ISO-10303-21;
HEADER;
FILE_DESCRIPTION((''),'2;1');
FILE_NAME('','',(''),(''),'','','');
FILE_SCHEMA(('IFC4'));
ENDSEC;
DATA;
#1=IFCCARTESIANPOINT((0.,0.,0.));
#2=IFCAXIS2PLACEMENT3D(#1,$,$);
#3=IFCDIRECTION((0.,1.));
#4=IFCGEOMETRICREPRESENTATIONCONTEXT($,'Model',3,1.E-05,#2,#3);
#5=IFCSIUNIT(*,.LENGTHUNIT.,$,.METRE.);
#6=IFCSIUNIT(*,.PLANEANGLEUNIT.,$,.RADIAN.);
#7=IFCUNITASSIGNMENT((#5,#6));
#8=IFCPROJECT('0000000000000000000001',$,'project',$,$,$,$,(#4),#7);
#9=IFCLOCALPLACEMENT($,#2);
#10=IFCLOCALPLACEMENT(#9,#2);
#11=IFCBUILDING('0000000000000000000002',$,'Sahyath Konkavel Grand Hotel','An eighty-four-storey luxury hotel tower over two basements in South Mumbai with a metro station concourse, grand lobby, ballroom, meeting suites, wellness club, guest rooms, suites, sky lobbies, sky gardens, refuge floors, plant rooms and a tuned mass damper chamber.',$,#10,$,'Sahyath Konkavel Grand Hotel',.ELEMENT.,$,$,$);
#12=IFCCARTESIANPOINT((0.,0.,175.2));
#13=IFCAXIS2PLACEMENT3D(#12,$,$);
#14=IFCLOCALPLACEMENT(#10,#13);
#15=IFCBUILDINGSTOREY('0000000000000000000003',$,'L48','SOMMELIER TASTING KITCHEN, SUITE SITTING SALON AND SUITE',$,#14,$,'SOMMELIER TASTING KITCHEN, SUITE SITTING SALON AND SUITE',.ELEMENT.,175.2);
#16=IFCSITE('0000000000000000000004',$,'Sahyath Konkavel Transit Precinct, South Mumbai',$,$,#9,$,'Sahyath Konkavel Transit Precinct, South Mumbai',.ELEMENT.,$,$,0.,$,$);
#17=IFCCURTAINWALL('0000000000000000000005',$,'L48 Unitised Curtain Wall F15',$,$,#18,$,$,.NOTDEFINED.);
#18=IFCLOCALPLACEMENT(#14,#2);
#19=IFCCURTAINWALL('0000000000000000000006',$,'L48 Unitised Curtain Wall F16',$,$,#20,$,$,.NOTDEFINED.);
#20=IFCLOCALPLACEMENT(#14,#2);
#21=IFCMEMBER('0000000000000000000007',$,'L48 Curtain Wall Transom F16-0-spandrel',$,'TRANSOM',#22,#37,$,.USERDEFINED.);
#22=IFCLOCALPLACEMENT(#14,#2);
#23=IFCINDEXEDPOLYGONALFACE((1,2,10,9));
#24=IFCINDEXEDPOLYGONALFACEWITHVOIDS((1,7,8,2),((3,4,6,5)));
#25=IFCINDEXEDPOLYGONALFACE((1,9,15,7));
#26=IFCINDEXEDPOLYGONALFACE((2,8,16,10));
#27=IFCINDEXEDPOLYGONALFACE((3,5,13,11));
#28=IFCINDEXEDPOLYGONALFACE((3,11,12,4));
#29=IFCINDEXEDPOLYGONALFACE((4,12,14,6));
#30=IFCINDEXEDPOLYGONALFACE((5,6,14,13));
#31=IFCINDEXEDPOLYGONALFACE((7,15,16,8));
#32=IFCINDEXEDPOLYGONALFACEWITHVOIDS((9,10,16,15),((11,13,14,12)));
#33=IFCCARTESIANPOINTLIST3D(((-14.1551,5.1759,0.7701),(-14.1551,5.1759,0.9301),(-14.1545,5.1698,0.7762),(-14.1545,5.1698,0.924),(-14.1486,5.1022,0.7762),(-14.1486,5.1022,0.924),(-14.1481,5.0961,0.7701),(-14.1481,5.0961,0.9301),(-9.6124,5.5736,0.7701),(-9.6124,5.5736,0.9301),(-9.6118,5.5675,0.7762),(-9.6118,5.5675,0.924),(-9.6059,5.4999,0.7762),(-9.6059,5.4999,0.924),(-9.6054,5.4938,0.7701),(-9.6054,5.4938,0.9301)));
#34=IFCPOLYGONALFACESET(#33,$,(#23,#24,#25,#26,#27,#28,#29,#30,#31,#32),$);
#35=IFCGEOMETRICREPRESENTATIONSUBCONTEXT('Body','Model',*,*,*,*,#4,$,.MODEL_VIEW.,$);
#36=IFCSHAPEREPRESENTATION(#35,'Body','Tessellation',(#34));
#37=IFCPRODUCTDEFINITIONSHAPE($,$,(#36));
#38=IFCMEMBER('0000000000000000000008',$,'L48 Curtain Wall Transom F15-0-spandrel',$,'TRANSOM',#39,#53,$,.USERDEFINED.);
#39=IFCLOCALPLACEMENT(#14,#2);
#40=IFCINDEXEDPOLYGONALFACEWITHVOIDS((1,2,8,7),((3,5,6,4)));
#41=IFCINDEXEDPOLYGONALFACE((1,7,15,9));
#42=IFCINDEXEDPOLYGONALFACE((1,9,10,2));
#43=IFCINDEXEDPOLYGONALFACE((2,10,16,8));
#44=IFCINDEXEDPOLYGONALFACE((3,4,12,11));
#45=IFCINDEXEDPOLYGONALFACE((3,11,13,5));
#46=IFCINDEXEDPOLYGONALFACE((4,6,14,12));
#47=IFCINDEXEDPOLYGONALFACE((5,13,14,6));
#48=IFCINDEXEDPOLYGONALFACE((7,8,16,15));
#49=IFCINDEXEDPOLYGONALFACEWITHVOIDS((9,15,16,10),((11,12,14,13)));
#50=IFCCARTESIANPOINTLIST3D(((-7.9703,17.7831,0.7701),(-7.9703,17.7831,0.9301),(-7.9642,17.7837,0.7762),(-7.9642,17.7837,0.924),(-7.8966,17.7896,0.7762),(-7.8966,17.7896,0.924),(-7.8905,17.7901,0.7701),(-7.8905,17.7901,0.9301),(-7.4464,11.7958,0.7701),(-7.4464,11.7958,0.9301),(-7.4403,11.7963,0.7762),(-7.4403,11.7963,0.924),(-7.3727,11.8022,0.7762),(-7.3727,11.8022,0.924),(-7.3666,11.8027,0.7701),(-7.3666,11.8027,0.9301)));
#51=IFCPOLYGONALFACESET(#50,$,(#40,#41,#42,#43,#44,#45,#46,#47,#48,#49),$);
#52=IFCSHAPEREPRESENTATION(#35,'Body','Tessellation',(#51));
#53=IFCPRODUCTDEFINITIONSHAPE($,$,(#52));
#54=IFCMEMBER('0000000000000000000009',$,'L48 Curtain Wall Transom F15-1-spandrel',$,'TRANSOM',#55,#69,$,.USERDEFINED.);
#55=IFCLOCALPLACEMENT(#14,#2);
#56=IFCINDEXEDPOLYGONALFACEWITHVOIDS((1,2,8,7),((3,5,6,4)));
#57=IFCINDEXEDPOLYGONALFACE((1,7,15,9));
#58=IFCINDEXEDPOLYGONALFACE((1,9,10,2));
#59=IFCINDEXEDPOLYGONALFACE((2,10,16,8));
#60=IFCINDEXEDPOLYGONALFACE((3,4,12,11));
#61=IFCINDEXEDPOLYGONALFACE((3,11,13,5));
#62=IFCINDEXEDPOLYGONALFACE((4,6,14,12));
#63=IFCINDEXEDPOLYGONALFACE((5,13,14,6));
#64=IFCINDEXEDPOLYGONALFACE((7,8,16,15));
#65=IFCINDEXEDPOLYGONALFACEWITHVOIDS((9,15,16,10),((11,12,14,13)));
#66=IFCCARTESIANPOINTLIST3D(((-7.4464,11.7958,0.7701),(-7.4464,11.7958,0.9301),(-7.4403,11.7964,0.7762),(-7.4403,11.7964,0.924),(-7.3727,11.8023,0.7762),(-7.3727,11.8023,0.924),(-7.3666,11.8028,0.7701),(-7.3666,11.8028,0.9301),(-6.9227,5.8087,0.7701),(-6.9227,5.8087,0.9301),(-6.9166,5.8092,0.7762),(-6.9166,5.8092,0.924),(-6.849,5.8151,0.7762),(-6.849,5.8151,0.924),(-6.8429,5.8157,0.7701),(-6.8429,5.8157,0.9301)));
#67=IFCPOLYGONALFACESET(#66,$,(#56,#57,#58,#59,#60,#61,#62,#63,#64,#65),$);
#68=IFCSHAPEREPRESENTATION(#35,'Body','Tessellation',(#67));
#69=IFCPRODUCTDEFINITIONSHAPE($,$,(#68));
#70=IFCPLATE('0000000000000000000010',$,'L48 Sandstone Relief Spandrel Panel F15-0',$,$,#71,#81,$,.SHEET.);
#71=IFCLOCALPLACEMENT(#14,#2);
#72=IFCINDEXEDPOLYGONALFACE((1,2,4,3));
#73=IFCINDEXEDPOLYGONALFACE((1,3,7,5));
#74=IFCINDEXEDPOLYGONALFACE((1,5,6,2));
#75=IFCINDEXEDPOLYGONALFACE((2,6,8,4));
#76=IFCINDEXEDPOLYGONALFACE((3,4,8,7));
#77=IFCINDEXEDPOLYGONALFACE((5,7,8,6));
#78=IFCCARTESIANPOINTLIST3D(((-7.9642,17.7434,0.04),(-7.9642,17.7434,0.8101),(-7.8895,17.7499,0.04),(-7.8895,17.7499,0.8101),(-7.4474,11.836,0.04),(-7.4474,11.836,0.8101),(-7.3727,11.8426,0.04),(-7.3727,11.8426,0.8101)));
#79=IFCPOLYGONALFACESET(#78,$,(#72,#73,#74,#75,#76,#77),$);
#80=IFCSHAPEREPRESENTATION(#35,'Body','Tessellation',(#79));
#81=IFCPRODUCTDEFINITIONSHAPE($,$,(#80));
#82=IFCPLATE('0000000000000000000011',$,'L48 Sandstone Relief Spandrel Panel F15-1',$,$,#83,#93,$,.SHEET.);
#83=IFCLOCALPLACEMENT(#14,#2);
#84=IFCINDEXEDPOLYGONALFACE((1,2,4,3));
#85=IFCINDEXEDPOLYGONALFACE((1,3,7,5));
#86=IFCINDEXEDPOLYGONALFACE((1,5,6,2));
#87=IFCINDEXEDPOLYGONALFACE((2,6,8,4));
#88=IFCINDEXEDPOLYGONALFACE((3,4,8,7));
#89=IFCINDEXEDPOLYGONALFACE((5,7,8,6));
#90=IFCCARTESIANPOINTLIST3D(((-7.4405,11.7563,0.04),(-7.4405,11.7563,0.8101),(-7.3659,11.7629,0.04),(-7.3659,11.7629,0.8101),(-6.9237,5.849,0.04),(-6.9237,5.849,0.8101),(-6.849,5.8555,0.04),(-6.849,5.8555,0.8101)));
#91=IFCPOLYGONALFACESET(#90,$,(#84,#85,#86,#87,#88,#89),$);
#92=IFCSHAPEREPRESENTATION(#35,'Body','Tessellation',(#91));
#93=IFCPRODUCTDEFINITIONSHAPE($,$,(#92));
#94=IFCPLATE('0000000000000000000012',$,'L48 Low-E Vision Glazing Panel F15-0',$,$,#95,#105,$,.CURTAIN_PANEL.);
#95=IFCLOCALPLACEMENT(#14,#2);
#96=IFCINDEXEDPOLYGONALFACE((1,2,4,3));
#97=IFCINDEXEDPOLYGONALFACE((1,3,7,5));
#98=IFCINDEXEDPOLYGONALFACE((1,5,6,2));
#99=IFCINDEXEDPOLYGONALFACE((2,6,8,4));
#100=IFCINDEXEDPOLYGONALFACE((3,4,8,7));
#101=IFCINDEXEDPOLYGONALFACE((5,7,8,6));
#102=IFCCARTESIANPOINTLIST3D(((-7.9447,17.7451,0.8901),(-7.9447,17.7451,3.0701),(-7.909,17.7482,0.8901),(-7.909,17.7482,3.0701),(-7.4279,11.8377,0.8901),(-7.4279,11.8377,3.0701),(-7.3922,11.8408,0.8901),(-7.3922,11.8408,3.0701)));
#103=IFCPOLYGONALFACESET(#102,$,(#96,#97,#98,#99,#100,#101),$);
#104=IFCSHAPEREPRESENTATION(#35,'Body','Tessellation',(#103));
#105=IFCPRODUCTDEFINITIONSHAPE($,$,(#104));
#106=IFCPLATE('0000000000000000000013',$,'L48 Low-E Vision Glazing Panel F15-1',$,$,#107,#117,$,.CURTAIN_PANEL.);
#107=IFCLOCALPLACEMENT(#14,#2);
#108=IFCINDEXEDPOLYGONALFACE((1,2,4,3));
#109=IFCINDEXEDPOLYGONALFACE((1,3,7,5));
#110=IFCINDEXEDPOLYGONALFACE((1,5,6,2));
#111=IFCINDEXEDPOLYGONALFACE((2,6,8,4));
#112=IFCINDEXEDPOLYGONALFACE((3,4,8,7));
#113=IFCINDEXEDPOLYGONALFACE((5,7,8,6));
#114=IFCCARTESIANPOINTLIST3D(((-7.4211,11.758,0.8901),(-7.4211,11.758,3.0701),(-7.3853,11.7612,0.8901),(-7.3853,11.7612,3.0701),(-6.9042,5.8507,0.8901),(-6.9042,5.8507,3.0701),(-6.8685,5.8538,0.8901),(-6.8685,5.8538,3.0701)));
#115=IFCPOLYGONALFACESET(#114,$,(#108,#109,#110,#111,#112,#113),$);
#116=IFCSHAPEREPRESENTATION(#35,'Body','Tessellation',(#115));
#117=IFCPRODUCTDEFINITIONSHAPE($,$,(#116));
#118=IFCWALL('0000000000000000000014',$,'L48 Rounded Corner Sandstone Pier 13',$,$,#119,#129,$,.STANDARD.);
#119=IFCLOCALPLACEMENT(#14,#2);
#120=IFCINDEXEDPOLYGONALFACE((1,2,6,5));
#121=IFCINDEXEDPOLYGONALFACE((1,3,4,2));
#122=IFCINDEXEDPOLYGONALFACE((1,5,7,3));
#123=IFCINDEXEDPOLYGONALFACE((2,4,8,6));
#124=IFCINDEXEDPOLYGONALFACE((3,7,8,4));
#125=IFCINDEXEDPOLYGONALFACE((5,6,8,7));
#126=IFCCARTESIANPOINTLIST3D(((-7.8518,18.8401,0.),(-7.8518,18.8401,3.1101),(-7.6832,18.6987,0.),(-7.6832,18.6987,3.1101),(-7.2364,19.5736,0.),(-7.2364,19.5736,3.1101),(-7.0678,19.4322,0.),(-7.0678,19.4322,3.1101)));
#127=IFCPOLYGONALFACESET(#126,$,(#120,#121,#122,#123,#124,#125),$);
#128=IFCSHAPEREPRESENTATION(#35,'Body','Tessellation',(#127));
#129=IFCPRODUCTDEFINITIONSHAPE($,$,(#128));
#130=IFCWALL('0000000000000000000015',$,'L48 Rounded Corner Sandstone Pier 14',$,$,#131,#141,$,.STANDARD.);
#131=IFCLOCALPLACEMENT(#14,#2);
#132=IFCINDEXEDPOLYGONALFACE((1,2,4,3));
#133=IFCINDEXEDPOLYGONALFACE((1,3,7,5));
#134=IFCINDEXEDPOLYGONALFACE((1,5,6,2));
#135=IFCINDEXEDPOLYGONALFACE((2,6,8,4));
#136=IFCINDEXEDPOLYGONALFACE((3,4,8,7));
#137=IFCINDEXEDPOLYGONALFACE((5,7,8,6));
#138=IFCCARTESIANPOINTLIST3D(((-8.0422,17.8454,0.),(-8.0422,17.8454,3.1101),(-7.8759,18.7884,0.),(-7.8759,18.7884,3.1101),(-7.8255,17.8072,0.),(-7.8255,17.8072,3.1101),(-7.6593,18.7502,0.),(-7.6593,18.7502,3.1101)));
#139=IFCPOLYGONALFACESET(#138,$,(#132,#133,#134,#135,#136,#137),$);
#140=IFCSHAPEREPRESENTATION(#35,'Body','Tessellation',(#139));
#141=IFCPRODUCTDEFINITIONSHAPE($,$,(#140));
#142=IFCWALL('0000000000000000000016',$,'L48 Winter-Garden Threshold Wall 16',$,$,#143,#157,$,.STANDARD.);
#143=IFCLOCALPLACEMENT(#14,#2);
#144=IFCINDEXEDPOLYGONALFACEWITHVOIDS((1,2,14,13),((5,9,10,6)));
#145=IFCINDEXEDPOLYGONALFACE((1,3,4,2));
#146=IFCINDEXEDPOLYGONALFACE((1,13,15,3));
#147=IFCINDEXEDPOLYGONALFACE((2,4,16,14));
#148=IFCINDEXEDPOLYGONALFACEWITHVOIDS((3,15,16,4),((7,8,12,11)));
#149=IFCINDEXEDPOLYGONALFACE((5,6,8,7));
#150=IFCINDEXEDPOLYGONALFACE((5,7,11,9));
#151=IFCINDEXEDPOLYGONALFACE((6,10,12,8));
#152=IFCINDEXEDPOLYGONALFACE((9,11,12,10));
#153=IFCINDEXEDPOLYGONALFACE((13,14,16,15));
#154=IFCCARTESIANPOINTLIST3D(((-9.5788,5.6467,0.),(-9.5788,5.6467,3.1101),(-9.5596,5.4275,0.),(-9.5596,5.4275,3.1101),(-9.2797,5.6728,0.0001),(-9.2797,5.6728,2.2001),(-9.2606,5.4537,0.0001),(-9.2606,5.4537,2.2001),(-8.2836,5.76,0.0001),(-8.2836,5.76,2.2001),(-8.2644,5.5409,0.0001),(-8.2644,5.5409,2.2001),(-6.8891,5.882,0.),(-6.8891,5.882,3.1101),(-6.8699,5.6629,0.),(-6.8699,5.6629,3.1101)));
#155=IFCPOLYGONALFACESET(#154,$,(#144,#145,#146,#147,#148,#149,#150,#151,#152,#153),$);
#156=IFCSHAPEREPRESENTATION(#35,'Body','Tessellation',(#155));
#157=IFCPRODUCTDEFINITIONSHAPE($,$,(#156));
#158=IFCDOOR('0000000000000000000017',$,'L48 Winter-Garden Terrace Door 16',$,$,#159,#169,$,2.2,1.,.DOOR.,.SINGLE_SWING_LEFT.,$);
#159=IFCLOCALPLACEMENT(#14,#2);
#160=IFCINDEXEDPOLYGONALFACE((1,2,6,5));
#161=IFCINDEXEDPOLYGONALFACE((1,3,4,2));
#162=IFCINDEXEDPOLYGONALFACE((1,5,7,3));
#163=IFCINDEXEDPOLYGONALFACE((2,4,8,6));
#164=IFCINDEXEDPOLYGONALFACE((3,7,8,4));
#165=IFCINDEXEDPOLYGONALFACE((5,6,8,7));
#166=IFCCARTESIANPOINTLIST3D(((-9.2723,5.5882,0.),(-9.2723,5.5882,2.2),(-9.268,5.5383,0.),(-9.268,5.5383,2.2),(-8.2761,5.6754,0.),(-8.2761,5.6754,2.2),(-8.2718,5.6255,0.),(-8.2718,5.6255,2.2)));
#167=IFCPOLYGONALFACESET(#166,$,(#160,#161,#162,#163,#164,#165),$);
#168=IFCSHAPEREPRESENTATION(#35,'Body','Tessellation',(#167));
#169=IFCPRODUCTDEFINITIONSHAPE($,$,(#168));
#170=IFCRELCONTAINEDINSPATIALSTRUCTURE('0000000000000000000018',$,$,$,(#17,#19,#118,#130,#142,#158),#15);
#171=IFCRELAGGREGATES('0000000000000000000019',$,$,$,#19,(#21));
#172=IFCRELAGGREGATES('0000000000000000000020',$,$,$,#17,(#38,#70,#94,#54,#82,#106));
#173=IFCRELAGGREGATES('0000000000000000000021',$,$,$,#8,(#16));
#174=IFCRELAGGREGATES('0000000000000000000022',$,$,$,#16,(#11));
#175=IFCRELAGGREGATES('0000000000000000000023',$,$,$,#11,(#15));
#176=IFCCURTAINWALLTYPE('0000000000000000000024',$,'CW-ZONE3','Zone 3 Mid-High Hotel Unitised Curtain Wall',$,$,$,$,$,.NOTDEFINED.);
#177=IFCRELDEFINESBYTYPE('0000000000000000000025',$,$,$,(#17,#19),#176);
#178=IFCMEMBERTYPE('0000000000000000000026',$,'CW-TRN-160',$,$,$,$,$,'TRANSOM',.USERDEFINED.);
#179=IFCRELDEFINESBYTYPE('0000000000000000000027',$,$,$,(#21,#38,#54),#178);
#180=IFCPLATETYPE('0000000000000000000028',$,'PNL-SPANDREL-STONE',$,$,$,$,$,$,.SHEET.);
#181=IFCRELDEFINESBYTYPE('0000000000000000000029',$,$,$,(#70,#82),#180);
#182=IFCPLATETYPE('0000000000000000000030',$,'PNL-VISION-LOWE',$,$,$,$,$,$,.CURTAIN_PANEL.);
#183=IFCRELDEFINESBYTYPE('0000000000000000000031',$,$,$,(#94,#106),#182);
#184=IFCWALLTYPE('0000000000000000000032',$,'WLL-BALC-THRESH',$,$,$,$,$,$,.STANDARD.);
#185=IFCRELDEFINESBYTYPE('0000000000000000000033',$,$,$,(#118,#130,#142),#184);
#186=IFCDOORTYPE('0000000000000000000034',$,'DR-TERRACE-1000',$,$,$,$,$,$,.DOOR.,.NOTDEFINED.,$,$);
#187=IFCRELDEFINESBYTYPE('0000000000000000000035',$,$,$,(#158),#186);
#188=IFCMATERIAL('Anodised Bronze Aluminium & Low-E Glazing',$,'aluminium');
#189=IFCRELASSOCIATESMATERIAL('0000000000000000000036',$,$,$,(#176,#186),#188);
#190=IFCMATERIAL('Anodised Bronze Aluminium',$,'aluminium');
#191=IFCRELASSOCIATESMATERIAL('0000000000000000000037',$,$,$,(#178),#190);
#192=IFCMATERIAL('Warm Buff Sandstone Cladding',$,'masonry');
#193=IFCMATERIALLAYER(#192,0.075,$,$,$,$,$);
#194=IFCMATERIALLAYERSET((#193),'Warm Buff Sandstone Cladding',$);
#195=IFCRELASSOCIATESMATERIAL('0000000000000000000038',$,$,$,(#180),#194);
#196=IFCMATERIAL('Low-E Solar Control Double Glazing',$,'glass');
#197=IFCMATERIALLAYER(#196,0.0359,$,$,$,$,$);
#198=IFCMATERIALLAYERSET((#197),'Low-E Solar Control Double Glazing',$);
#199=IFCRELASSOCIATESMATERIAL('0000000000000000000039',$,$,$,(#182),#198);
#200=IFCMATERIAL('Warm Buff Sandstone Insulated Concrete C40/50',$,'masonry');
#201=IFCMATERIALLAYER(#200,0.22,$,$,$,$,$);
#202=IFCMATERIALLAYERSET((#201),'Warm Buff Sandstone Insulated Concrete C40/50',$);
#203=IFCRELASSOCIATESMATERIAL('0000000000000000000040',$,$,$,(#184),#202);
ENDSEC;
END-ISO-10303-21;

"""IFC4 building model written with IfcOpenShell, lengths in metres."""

from ifc_helpers import new_model, si_unit, direction, frame, frame_2d, origin, origin_2d, place, context, subcontext, project, spatial, rectangle, hollow_rectangle, extrude, source, transform, mapped, material, layer, layer_set, material_profile, profile_set, type_object, element, fill, aggregate, save


model = new_model("IFC4")

# Units and contexts
model_context = context("Model", 3, precision=1e-05, world=origin(), true_north=direction((0.0, 1.0)))
body_context = subcontext(model_context, "Body", "Model", "MODEL_VIEW")
ifc_project = project(units=[si_unit("LENGTHUNIT", "METRE"), si_unit("PLANEANGLEUNIT", "RADIAN")], contexts=[model_context])

# Site, building, storey
site_placement = place(None, origin())
site = spatial("IfcSite", under=ifc_project, at=site_placement, Name="Sahyath Konkavel Transit Precinct, South Mumbai", LongName="Sahyath Konkavel Transit Precinct, South Mumbai", CompositionType="ELEMENT", RefElevation=0.0)
building_placement = place(site_placement, origin())
building = spatial("IfcBuilding", under=site, at=building_placement, Name="Sahyath Konkavel Grand Hotel", Description="An eighty-four-storey luxury hotel tower over two basements in South Mumbai with a metro station concourse, grand lobby, ballroom, meeting suites, wellness club, guest rooms, suites, sky lobbies, sky gardens, refuge floors, plant rooms and a tuned mass damper chamber.", LongName="Sahyath Konkavel Grand Hotel", CompositionType="ELEMENT")
storey_placement = place(building_placement, frame((0.0, 0.0, 175.2)))
storey = spatial("IfcBuildingStorey", under=building, at=storey_placement, Name="L48", Description="SOMMELIER TASTING KITCHEN, SUITE SITTING SALON AND SUITE", LongName="SOMMELIER TASTING KITCHEN, SUITE SITTING SALON AND SUITE", CompositionType="ELEMENT", Elevation=175.2)

# Curtain walls
ifc_material_1 = material(Name="Anodised Bronze Aluminium & Low-E Glazing", Category="aluminium")
curtain_wall_type = type_object("IfcCurtainWallType", Name="CW-ZONE3", Description="Zone 3 Mid-High Hotel Unitised Curtain Wall", PredefinedType="NOTDEFINED", material=ifc_material_1)
curtain_wall_1_placement = place(storey_placement, origin())
curtain_wall_1 = element("IfcCurtainWall", 1, at=curtain_wall_1_placement, inside=storey, type_object=curtain_wall_type, Name="L48 Unitised Curtain Wall F15", PredefinedType="NOTDEFINED")
curtain_wall_2_placement = place(storey_placement, origin())
curtain_wall_2 = element("IfcCurtainWall", 2, at=curtain_wall_2_placement, inside=storey, type_object=curtain_wall_type, Name="L48 Unitised Curtain Wall F16", PredefinedType="NOTDEFINED")
ifc_material_2 = material(Name="Anodised Bronze Aluminium", Category="aluminium")

# Members
ifc_material_profile_1 = material_profile(ifc_material_2, hollow_rectangle(XDim=0.0801, YDim=0.1599, WallThickness=0.0061, at=origin_2d()), Name="RHS 160x80x6")
ifc_profile_set_1 = profile_set([ifc_material_profile_1], Name="Anodised Bronze Aluminium")
member_type_1 = type_object("IfcMemberType", Name="CW-TRN-160", ElementType="TRANSOM", PredefinedType="USERDEFINED", material=ifc_profile_set_1)
shared_shape_1 = source(origin(), body_context, "Body", "SweptSolid", [
    extrude(hollow_rectangle(XDim=0.0801, YDim=0.1599, WallThickness=0.0061, at=origin_2d()), origin(), (0.0, 0.0, 1.0), 4.5601),
])
member_1_placement = place(storey_placement, frame((-9.6089, 5.5337, 0.8501), z_axis=(-0.99619, -0.087214, 0.0), x_axis=(0.087214, -0.99619, 0.0)))
member_1 = element("IfcMember", 3, at=member_1_placement, type_object=member_type_1, Name="L48 Curtain Wall Transom F16-0-spandrel", ObjectType="TRANSOM", PredefinedType="USERDEFINED", context=body_context, shape_type="MappedRepresentation", body=[
    mapped(shared_shape_1, transform((0.0, 0.0, 0.0), scale=1.0)),
])
aggregate(curtain_wall_2, [member_1])
shared_shape_2 = source(origin(), body_context, "Body", "SweptSolid", [
    extrude(hollow_rectangle(XDim=0.0801, YDim=0.1599, WallThickness=0.0061, at=origin_2d()), origin(), (0.0, 0.0, 1.0), 6.0103),
])
member_2_placement = place(storey_placement, frame((-7.9304, 17.7866, 0.8501), z_axis=(0.087173, -0.996193, 0.0), x_axis=(0.996193, 0.087173, 0.0)))
member_2 = element("IfcMember", 4, at=member_2_placement, type_object=member_type_1, Name="L48 Curtain Wall Transom F15-0-spandrel", ObjectType="TRANSOM", PredefinedType="USERDEFINED", context=body_context, shape_type="MappedRepresentation", body=[
    mapped(shared_shape_2, transform((0.0, 0.0, 0.0), scale=1.0)),
])
shared_shape_3 = source(origin(), body_context, "Body", "SweptSolid", [
    extrude(hollow_rectangle(XDim=0.0801, YDim=0.1599, WallThickness=0.0061, at=origin_2d()), origin(), (0.0, 0.0, 1.0), 6.01),
])
member_3_placement = place(storey_placement, frame((-7.4065, 11.7993, 0.8501), z_axis=(0.087136, -0.996196, 0.0), x_axis=(0.996196, 0.087136, 0.0)))
member_3 = element("IfcMember", 5, at=member_3_placement, type_object=member_type_1, Name="L48 Curtain Wall Transom F15-1-spandrel", ObjectType="TRANSOM", PredefinedType="USERDEFINED", context=body_context, shape_type="MappedRepresentation", body=[
    mapped(shared_shape_3, transform((0.0, 0.0, 0.0), scale=1.0)),
])

# Plates
ifc_material_3 = material(Name="Warm Buff Sandstone Cladding", Category="masonry")
ifc_layer_1 = layer(ifc_material_3, 0.075)
ifc_layer_set_1 = layer_set([ifc_layer_1], Name="Warm Buff Sandstone Cladding")
plate_type_1 = type_object("IfcPlateType", Name="PNL-SPANDREL-STONE", PredefinedType="SHEET", material=ifc_layer_set_1)
shared_shape_4 = source(origin(), body_context, "Body", "SweptSolid", [
    extrude(rectangle(XDim=5.9299, YDim=0.075, at=origin_2d()), origin(), (0.0, 0.0, 1.0), 0.77),
])
plate_1_placement = place(storey_placement, frame((-7.6685, 14.793, 0.04), z_axis=(0.0, 0.0, 1.0), x_axis=(0.087156, -0.996195, 0.0)))
plate_1 = element("IfcPlate", 6, at=plate_1_placement, type_object=plate_type_1, Name="L48 Sandstone Relief Spandrel Panel F15-0", PredefinedType="SHEET", context=body_context, shape_type="MappedRepresentation", body=[
    mapped(shared_shape_4, transform((0.0, 0.0, 0.0), scale=1.0)),
])
plate_2_placement = place(storey_placement, frame((-7.1448, 8.8059, 0.04), z_axis=(0.0, 0.0, 1.0), x_axis=(0.087156, -0.996195, 0.0)))
plate_2 = element("IfcPlate", 7, at=plate_2_placement, type_object=plate_type_1, Name="L48 Sandstone Relief Spandrel Panel F15-1", PredefinedType="SHEET", context=body_context, shape_type="MappedRepresentation", body=[
    mapped(shared_shape_4, transform((0.0, 0.0, 0.0), scale=1.0)),
])
ifc_material_4 = material(Name="Low-E Solar Control Double Glazing", Category="glass")
ifc_layer_2 = layer(ifc_material_4, 0.0359)
ifc_layer_set_2 = layer_set([ifc_layer_2], Name="Low-E Solar Control Double Glazing")
plate_type_2 = type_object("IfcPlateType", Name="PNL-VISION-LOWE", PredefinedType="CURTAIN_PANEL", material=ifc_layer_set_2)
shared_shape_5 = source(origin(), body_context, "Body", "SweptSolid", [
    extrude(rectangle(XDim=5.9299, YDim=0.0359, at=origin_2d()), origin(), (0.0, 0.0, 1.0), 2.1799),
])
plate_3_placement = place(storey_placement, frame((-7.6685, 14.793, 0.8901), z_axis=(0.0, 0.0, 1.0), x_axis=(0.087156, -0.996195, 0.0)))
plate_3 = element("IfcPlate", 8, at=plate_3_placement, type_object=plate_type_2, Name="L48 Low-E Vision Glazing Panel F15-0", PredefinedType="CURTAIN_PANEL", context=body_context, shape_type="MappedRepresentation", body=[
    mapped(shared_shape_5, transform((0.0, 0.0, 0.0), scale=1.0)),
])
plate_4_placement = place(storey_placement, frame((-7.1448, 8.8059, 0.8901), z_axis=(0.0, 0.0, 1.0), x_axis=(0.087156, -0.996195, 0.0)))
plate_4 = element("IfcPlate", 9, at=plate_4_placement, type_object=plate_type_2, Name="L48 Low-E Vision Glazing Panel F15-1", PredefinedType="CURTAIN_PANEL", context=body_context, shape_type="MappedRepresentation", body=[
    mapped(shared_shape_5, transform((0.0, 0.0, 0.0), scale=1.0)),
])
aggregate(curtain_wall_1, [member_2, plate_1, plate_3, member_3, plate_2, plate_4])

# Walls
ifc_material_5 = material(Name="Warm Buff Sandstone Insulated Concrete C40/50", Category="masonry")
ifc_layer_3 = layer(ifc_material_5, 0.22)
ifc_layer_set_3 = layer_set([ifc_layer_3], Name="Warm Buff Sandstone Insulated Concrete C40/50")
wall_type_1 = type_object("IfcWallType", Name="WLL-BALC-THRESH", PredefinedType="STANDARD", material=ifc_layer_set_3)
for number, where, z_axis, x_axis, name in (
    (10, (-7.1521, 19.5029, 0.0), (0.0, 0.0, 1.0), (-0.642714, -0.766107, 0.0), "L48 Rounded Corner Sandstone Pier 13"),
    (11, (-7.7676, 18.7693, 0.0), (0.0, 0.0, 1.0), (-0.173654, -0.984807, 0.0), "L48 Rounded Corner Sandstone Pier 14"),
):
    element("IfcWall", number, at=place(storey_placement, frame(where, z_axis=z_axis, x_axis=x_axis)), inside=storey, type_object=wall_type_1, Name=name, PredefinedType="STANDARD", context=body_context, shape_type="SweptSolid", body=[
        extrude(rectangle(XDim=0.9575, YDim=0.22, at=frame_2d((0.4788, 0.0))), origin(), (0.0, 0.0, 1.0), 3.1101),
    ])

# Wall, opening, door
wall_1_placement = place(storey_placement, frame((-6.8794, 5.7725, 0.0), z_axis=(0.0, 0.0, 1.0), x_axis=(-0.996194, -0.087168, 0.0)))
wall_1 = element("IfcWall", 12, at=wall_1_placement, inside=storey, type_object=wall_type_1, Name="L48 Winter-Garden Threshold Wall 16", PredefinedType="STANDARD", context=body_context, shape_type="SweptSolid", body=[
    extrude(rectangle(XDim=2.7, YDim=0.22, at=frame_2d((1.3501, 0.0))), origin(), (0.0, 0.0, 1.0), 3.1101),
])
opening_1_placement = place(wall_1_placement, frame((1.3999, 0.0, 0.0)))
opening_1 = element("IfcOpeningElement", 13, at=opening_1_placement, cuts=wall_1, PredefinedType="OPENING", context=body_context, shape_type="SweptSolid", body=[
    extrude(rectangle(XDim=1.0, YDim=2.2, at=frame_2d((0.5, 1.1001))), frame((0.0, 0.1201, 0.0), z_axis=(0.0, -1.0, 0.0), x_axis=(1.0, 0.0, 0.0)), (0.0, 0.0, 1.0), 0.24),
])
door_type_1 = type_object("IfcDoorType", Name="DR-TERRACE-1000", OperationType="NOTDEFINED", PredefinedType="DOOR", material=ifc_material_1)
shared_shape_6 = source(origin(), body_context, "Body", "SweptSolid", [
    extrude(rectangle(XDim=1.0, YDim=0.05, at=origin_2d()), origin(), (0.0, 0.0, 1.0), 2.2),
])
door_1_placement = place(opening_1_placement, frame((0.5, 0.0, 0.0)))
door_1 = element("IfcDoor", 14, at=door_1_placement, inside=storey, type_object=door_type_1, Name="L48 Winter-Garden Terrace Door 16", OperationType="SINGLE_SWING_LEFT", OverallHeight=2.2, OverallWidth=1.0, PredefinedType="DOOR", context=body_context, shape_type="MappedRepresentation", body=[
    mapped(shared_shape_6, transform((0.0, 0.0, 0.0), scale=1.0)),
])
fill(opening_1, door_1)

save(model, "model.ifc")
